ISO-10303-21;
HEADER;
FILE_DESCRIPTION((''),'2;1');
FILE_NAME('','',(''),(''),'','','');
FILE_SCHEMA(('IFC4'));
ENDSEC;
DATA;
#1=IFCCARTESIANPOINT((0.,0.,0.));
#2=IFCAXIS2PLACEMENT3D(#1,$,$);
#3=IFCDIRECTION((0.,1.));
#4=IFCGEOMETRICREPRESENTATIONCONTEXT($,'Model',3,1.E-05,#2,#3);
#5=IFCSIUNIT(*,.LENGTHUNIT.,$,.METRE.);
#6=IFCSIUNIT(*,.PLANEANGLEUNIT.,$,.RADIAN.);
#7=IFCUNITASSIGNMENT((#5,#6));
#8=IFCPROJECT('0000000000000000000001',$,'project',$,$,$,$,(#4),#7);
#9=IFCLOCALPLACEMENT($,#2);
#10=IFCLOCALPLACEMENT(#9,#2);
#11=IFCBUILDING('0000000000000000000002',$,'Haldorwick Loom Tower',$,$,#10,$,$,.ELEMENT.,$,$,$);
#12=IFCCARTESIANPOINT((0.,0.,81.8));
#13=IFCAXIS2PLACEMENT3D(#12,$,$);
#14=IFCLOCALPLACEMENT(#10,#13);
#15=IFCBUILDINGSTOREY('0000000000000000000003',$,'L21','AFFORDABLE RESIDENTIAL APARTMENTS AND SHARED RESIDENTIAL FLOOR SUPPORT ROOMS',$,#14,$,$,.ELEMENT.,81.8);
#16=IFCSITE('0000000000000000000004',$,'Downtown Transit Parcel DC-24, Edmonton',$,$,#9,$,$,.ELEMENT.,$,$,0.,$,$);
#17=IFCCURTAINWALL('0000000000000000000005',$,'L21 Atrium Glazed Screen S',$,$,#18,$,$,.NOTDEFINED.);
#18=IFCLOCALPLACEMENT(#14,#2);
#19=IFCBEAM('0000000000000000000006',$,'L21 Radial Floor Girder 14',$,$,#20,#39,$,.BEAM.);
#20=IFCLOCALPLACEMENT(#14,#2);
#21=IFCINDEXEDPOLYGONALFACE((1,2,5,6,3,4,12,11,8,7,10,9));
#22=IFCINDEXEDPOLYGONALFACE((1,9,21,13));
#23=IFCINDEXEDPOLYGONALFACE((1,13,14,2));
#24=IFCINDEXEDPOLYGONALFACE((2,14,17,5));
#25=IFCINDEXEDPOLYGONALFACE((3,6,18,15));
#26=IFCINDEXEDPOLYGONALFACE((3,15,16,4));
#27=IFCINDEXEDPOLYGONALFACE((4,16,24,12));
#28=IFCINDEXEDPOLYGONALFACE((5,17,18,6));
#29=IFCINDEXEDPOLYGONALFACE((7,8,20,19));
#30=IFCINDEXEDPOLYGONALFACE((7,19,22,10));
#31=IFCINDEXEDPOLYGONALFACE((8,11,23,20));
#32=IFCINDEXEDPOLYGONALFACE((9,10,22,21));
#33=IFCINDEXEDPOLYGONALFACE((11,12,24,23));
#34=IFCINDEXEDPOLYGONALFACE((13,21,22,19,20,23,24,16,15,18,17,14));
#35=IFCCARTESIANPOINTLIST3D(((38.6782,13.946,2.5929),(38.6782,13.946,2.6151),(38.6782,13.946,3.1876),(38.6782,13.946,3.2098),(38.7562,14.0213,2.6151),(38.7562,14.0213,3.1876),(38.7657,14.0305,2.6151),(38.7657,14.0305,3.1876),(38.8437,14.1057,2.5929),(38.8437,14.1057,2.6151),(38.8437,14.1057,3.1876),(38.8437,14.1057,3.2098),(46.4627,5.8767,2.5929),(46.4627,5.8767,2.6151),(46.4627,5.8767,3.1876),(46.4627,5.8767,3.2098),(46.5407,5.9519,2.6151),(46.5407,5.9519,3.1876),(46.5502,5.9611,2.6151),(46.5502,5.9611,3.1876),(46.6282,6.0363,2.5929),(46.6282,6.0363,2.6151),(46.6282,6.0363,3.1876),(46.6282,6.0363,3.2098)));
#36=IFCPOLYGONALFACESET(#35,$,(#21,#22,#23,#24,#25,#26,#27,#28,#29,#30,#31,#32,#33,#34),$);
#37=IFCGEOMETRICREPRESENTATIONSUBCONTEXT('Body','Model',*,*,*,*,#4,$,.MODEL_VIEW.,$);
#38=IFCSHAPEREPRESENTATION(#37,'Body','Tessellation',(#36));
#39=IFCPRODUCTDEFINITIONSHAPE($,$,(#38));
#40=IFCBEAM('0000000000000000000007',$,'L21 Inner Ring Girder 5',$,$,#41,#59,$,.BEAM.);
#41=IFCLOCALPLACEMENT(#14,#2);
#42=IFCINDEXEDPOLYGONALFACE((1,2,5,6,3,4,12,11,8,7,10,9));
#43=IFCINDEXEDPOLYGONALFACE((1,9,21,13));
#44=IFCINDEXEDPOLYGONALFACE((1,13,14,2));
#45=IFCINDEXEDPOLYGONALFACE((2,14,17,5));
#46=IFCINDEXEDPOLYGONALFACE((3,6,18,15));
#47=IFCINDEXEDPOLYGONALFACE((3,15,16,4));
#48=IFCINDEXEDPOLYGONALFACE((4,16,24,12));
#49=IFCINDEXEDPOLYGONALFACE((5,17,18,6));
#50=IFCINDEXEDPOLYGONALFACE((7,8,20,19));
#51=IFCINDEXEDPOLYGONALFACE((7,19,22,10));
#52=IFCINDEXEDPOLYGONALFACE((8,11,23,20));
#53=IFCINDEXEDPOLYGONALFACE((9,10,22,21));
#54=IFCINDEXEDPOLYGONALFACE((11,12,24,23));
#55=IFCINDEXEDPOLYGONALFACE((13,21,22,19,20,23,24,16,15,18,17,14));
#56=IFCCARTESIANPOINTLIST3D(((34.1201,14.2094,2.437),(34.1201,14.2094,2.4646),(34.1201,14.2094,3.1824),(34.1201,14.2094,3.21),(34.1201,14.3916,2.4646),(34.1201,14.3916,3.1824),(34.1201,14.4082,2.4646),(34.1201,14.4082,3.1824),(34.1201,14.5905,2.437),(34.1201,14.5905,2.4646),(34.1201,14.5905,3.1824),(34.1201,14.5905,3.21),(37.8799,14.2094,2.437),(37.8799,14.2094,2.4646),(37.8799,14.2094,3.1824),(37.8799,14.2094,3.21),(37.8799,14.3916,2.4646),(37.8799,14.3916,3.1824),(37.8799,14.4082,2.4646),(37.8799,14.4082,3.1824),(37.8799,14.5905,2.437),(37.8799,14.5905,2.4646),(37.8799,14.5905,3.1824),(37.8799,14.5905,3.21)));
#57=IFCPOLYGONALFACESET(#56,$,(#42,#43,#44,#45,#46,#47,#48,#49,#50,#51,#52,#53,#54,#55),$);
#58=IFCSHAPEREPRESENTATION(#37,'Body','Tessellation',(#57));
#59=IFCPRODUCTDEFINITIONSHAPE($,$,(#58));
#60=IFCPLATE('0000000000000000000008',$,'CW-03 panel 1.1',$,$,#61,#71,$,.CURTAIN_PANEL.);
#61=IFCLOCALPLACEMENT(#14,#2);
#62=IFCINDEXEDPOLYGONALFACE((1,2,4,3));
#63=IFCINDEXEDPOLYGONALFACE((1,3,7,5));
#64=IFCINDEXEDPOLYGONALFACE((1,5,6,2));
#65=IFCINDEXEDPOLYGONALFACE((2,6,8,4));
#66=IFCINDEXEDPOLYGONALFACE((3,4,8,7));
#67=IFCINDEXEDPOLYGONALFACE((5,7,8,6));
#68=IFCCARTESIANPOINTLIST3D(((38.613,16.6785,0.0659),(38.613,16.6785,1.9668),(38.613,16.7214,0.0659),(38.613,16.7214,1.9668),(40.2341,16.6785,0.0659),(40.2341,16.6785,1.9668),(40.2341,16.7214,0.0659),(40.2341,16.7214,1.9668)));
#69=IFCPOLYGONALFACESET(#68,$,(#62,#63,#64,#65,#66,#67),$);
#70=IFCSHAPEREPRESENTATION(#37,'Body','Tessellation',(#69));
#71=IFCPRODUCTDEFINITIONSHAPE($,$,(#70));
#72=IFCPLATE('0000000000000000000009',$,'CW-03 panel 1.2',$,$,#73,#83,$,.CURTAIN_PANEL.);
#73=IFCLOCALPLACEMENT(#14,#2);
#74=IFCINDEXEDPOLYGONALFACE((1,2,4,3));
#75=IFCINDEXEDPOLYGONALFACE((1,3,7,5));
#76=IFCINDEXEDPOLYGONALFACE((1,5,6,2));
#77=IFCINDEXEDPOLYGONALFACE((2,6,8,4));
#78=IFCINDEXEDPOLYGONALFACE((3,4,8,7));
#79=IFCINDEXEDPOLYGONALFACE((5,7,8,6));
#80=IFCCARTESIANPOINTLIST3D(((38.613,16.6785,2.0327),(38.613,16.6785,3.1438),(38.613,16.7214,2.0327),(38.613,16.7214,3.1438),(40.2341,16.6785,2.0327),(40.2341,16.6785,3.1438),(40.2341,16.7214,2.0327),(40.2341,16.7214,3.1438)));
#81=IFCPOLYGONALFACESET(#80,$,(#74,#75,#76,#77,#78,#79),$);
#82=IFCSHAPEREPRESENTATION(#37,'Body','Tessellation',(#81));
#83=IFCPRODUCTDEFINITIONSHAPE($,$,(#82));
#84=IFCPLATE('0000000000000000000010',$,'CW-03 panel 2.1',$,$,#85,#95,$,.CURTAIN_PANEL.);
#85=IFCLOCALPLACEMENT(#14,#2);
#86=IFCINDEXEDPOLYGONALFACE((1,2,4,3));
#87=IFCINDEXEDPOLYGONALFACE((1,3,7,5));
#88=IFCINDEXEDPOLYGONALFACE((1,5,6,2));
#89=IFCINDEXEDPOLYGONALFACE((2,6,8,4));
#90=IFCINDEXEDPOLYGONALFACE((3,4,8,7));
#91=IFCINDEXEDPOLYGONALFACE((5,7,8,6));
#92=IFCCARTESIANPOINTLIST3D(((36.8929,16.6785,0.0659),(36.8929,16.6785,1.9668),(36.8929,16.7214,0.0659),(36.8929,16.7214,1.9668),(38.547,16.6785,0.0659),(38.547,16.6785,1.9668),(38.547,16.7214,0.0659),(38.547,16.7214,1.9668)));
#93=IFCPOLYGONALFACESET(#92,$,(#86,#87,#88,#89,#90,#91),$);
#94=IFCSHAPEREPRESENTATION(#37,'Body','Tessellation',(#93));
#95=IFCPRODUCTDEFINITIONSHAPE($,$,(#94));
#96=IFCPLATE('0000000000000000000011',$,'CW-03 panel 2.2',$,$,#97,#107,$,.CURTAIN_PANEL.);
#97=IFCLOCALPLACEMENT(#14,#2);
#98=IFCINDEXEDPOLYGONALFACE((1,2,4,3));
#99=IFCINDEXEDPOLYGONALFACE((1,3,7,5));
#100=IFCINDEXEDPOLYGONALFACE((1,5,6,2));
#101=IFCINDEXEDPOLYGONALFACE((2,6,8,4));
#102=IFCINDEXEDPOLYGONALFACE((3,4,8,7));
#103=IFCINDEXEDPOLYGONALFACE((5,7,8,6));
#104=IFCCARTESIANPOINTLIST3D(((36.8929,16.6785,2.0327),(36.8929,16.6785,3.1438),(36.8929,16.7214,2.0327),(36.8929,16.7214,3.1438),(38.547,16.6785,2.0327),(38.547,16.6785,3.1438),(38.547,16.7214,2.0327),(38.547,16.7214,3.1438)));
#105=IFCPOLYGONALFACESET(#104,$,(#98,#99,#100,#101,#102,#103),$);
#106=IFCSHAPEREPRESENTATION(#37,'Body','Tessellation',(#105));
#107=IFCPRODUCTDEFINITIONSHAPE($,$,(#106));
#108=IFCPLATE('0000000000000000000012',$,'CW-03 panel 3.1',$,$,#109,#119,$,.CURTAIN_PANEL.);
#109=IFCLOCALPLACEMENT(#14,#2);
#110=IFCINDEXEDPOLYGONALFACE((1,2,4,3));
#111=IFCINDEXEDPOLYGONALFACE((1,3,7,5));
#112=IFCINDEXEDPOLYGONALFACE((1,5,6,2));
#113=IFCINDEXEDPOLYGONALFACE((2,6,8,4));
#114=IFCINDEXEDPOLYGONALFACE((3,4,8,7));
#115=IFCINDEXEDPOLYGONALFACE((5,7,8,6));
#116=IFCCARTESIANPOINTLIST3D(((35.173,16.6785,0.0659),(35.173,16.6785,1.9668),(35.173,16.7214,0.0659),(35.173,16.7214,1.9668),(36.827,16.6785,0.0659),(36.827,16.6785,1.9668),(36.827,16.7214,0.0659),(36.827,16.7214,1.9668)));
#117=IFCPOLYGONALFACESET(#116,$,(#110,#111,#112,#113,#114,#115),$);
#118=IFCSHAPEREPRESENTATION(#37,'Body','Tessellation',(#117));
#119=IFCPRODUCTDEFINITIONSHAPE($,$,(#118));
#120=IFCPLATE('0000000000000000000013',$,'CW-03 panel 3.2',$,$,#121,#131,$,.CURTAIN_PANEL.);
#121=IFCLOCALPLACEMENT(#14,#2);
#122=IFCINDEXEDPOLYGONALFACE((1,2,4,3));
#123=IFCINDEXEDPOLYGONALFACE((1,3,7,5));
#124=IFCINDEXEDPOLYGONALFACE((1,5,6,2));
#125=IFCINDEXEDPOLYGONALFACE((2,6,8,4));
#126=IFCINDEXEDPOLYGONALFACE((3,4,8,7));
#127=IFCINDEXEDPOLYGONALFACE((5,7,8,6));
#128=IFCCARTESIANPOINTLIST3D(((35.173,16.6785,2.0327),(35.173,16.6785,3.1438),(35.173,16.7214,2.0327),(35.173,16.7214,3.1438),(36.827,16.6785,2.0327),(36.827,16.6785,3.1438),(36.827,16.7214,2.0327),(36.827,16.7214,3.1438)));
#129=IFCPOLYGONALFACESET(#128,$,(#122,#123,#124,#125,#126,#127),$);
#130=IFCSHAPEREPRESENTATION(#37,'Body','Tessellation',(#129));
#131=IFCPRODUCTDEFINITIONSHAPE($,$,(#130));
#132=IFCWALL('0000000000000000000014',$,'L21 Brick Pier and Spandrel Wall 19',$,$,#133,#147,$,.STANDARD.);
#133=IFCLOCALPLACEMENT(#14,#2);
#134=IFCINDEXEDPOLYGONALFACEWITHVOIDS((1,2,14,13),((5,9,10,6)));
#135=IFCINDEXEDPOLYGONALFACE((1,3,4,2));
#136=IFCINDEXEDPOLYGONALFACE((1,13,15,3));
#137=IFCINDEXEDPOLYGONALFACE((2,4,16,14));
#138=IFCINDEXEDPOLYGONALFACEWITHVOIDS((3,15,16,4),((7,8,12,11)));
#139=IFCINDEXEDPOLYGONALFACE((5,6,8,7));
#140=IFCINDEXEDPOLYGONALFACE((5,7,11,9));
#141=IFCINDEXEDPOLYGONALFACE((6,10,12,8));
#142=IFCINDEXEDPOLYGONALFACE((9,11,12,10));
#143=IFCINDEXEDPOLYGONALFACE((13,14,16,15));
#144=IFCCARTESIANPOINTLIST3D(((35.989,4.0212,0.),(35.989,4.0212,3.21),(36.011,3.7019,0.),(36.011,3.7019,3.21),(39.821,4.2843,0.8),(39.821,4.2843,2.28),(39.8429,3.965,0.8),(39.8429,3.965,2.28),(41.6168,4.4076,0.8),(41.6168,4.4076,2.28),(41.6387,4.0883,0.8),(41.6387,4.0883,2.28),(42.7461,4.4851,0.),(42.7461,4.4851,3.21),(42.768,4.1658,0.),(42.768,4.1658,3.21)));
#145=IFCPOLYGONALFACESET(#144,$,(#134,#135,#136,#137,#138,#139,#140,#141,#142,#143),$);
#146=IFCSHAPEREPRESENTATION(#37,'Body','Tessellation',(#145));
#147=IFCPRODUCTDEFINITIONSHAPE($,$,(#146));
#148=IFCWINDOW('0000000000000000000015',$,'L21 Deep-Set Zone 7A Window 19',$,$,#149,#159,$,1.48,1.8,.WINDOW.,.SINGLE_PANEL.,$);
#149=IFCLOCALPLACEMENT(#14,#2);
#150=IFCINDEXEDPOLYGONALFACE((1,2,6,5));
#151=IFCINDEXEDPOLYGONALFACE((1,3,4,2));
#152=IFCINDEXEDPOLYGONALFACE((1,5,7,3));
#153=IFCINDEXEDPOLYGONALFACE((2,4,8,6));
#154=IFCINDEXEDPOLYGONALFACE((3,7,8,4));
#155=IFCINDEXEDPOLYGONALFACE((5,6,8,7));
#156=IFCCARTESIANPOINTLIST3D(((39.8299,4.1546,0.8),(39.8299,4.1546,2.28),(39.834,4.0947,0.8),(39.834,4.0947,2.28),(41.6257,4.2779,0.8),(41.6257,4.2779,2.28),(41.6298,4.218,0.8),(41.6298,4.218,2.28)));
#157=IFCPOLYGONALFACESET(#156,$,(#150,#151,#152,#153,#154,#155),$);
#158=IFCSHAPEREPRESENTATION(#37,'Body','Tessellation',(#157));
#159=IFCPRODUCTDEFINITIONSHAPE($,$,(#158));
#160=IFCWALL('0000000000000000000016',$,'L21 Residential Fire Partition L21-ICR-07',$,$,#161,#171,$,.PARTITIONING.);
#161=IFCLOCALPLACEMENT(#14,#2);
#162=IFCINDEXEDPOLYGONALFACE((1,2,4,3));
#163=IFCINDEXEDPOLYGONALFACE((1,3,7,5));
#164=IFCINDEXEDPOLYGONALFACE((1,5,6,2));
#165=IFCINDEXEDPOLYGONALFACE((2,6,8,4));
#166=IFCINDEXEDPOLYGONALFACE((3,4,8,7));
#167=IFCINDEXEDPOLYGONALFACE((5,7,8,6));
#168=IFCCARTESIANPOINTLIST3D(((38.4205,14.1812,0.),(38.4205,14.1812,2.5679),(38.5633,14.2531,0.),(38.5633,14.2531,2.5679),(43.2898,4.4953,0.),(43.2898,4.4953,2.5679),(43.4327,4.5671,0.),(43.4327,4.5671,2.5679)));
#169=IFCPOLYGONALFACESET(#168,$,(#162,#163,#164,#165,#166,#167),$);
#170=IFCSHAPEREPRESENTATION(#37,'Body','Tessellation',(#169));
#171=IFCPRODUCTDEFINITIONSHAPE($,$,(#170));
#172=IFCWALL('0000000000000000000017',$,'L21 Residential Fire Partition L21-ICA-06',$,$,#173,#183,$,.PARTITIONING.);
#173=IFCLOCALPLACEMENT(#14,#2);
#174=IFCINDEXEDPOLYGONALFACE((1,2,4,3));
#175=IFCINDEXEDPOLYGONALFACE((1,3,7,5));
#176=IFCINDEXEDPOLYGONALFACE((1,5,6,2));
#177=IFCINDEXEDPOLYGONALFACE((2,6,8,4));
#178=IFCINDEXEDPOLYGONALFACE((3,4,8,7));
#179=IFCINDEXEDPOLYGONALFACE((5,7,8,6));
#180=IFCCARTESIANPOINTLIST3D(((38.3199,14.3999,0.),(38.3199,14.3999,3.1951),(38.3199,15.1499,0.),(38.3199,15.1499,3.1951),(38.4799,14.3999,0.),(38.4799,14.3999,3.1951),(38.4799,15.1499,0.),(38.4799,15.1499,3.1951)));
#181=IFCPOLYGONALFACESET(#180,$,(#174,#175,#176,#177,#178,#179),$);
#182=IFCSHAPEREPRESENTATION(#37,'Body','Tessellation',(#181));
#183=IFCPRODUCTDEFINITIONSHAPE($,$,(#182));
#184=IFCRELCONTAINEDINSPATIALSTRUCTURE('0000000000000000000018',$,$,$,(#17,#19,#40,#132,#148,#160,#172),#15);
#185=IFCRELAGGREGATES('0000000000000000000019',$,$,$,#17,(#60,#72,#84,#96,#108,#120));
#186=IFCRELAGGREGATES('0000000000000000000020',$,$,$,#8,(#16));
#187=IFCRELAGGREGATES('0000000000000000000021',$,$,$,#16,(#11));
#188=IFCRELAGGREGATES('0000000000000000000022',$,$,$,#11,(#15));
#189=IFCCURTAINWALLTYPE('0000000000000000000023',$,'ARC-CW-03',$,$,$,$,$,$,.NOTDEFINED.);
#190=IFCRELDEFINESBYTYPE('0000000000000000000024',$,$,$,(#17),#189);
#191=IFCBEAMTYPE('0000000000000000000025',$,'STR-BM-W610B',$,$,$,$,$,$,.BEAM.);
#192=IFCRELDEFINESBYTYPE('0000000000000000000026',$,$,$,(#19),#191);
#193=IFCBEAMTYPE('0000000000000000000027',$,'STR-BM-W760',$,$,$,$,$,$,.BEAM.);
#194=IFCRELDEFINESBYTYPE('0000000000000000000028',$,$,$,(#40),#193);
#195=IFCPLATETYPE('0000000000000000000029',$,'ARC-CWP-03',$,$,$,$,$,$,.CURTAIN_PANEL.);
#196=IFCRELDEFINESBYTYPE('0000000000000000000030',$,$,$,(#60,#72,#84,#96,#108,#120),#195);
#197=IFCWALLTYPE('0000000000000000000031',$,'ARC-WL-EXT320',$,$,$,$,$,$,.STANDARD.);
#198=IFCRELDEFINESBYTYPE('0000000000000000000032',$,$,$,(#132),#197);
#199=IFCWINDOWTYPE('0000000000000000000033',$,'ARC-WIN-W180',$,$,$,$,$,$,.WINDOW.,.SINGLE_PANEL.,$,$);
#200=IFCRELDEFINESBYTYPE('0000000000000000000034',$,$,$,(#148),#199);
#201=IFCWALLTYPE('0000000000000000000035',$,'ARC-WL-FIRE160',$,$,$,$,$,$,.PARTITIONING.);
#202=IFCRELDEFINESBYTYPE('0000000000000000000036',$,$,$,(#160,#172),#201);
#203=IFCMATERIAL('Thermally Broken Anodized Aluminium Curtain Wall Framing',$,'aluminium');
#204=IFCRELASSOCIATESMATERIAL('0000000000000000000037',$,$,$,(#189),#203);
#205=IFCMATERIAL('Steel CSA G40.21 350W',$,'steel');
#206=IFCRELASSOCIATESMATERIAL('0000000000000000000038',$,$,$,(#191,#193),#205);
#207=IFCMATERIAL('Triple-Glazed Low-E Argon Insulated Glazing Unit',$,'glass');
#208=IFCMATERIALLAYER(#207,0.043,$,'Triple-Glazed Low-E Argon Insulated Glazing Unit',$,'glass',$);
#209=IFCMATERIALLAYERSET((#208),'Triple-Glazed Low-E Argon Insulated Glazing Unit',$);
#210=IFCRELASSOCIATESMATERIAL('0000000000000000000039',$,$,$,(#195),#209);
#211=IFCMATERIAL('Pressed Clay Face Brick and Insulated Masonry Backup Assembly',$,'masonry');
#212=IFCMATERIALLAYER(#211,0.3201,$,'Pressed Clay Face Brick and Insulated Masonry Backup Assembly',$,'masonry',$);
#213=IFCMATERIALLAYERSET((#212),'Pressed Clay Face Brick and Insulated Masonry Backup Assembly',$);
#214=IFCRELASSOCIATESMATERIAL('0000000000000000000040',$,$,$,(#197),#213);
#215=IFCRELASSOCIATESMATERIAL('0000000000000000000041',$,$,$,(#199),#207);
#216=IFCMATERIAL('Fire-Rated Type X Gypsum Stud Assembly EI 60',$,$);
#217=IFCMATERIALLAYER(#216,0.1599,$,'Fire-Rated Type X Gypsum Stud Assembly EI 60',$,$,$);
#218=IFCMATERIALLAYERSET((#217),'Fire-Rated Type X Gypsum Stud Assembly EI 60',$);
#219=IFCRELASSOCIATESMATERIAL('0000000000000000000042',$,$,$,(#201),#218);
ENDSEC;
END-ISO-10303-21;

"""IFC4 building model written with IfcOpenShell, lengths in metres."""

from ifc_helpers import new_model, si_unit, direction, frame, frame_2d, origin, origin_2d, place, context, subcontext, project, spatial, rectangle, i_section, extrude, material, layer, layer_set, material_profile, profile_set, type_object, element, fill, aggregate, save


model = new_model("IFC4")

# Units and contexts
model_context = context("Model", 3, precision=1e-05, world=origin(), true_north=direction((0.0, 1.0)))
body_context = subcontext(model_context, "Body", "Model", "MODEL_VIEW")
ifc_project = project(units=[si_unit("LENGTHUNIT", "METRE"), si_unit("PLANEANGLEUNIT", "RADIAN")], contexts=[model_context])

# Site, building, storey
site_placement = place(None, origin())
site = spatial("IfcSite", under=ifc_project, at=site_placement, Name="Downtown Transit Parcel DC-24, Edmonton", CompositionType="ELEMENT", RefElevation=0.0)
building_placement = place(site_placement, origin())
building = spatial("IfcBuilding", under=site, at=building_placement, Name="Haldorwick Loom Tower", CompositionType="ELEMENT")
storey_placement = place(building_placement, frame((0.0, 0.0, 81.8)))
storey = spatial("IfcBuildingStorey", under=building, at=storey_placement, Name="L21", Description="AFFORDABLE RESIDENTIAL APARTMENTS AND SHARED RESIDENTIAL FLOOR SUPPORT ROOMS", CompositionType="ELEMENT", Elevation=81.8)

# Curtain wall
ifc_material_1 = material(Name="Thermally Broken Anodized Aluminium Curtain Wall Framing", Category="aluminium")
curtain_wall_type = type_object("IfcCurtainWallType", Name="ARC-CW-03", PredefinedType="NOTDEFINED", material=ifc_material_1)
curtain_wall_placement = place(storey_placement, origin())
curtain_wall = element("IfcCurtainWall", 1, at=curtain_wall_placement, inside=storey, type_object=curtain_wall_type, Name="L21 Atrium Glazed Screen S", PredefinedType="NOTDEFINED")

# Beams
ifc_material_2 = material(Name="Steel CSA G40.21 350W", Category="steel")
ifc_material_profile_1 = material_profile(ifc_material_2, i_section(OverallWidth=0.23, OverallDepth=0.6169, WebThickness=0.0132, FlangeThickness=0.0222, at=origin_2d()), Name="W610X140", Category="steel")
ifc_profile_set_1 = profile_set([ifc_material_profile_1], Name="Steel CSA G40.21 350W")
beam_type_1 = type_object("IfcBeamType", Name="STR-BM-W610B", PredefinedType="BEAM", material=ifc_profile_set_1)
beam_1_placement = place(storey_placement, frame((38.761, 14.0259, 2.9014), z_axis=(0.694287, -0.719698, 0.0), x_axis=(0.719698, 0.694287, 0.0)))
element("IfcBeam", 2, at=beam_1_placement, inside=storey, type_object=beam_type_1, Name="L21 Radial Floor Girder 14", PredefinedType="BEAM", context=body_context, shape_type="SweptSolid", body=[
    extrude(i_section(OverallWidth=0.23, OverallDepth=0.6169, WebThickness=0.0132, FlangeThickness=0.0222, at=origin_2d()), origin(), (0.0, 0.0, 1.0), 11.2122),
])
ifc_material_profile_2 = material_profile(ifc_material_2, i_section(OverallWidth=0.3811, OverallDepth=0.7729, WebThickness=0.0166, FlangeThickness=0.0276, at=origin_2d()), Name="W760X257", Category="steel")
ifc_profile_set_2 = profile_set([ifc_material_profile_2], Name="Steel CSA G40.21 350W")
beam_type_2 = type_object("IfcBeamType", Name="STR-BM-W760", PredefinedType="BEAM", material=ifc_profile_set_2)
beam_2_placement = place(storey_placement, frame((37.8799, 14.3999, 2.8235), z_axis=(-1.0, 0.0, 0.0), x_axis=(0.0, -1.0, 0.0)))
element("IfcBeam", 3, at=beam_2_placement, inside=storey, type_object=beam_type_2, Name="L21 Inner Ring Girder 5", PredefinedType="BEAM", context=body_context, shape_type="SweptSolid", body=[
    extrude(i_section(OverallWidth=0.3811, OverallDepth=0.7729, WebThickness=0.0166, FlangeThickness=0.0276, at=origin_2d()), origin(), (0.0, 0.0, 1.0), 3.7598),
])

# Plates
ifc_material_3 = material(Name="Triple-Glazed Low-E Argon Insulated Glazing Unit", Category="glass")
ifc_layer_1 = layer(ifc_material_3, 0.043, Name="Triple-Glazed Low-E Argon Insulated Glazing Unit", Category="glass")
ifc_layer_set_1 = layer_set([ifc_layer_1], Name="Triple-Glazed Low-E Argon Insulated Glazing Unit")
plate_type = type_object("IfcPlateType", Name="ARC-CWP-03", PredefinedType="CURTAIN_PANEL", material=ifc_layer_set_1)
plate_1_placement = place(storey_placement, frame((39.4236, 16.7, 0.0659), z_axis=(0.0, 0.0, 1.0), x_axis=(-1.0, 0.0, 0.0)))
plate_1 = element("IfcPlate", 4, at=plate_1_placement, type_object=plate_type, Name="CW-03 panel 1.1", PredefinedType="CURTAIN_PANEL", context=body_context, shape_type="SweptSolid", body=[
    extrude(rectangle(XDim=1.6211, YDim=0.043, at=origin_2d()), origin(), (0.0, 0.0, 1.0), 1.9009),
])
plate_2_placement = place(storey_placement, frame((39.4236, 16.7, 2.0327), z_axis=(0.0, 0.0, 1.0), x_axis=(-1.0, 0.0, 0.0)))
plate_2 = element("IfcPlate", 5, at=plate_2_placement, type_object=plate_type, Name="CW-03 panel 1.2", PredefinedType="CURTAIN_PANEL", context=body_context, shape_type="SweptSolid", body=[
    extrude(rectangle(XDim=1.6211, YDim=0.043, at=origin_2d()), origin(), (0.0, 0.0, 1.0), 1.1111),
])
plate_3_placement = place(storey_placement, frame((37.72, 16.7, 0.0659), z_axis=(0.0, 0.0, 1.0), x_axis=(-1.0, 0.0, 0.0)))
plate_3 = element("IfcPlate", 6, at=plate_3_placement, type_object=plate_type, Name="CW-03 panel 2.1", PredefinedType="CURTAIN_PANEL", context=body_context, shape_type="SweptSolid", body=[
    extrude(rectangle(XDim=1.6541, YDim=0.043, at=origin_2d()), origin(), (0.0, 0.0, 1.0), 1.9009),
])
plate_4_placement = place(storey_placement, frame((37.72, 16.7, 2.0327), z_axis=(0.0, 0.0, 1.0), x_axis=(-1.0, 0.0, 0.0)))
plate_4 = element("IfcPlate", 7, at=plate_4_placement, type_object=plate_type, Name="CW-03 panel 2.2", PredefinedType="CURTAIN_PANEL", context=body_context, shape_type="SweptSolid", body=[
    extrude(rectangle(XDim=1.6541, YDim=0.043, at=origin_2d()), origin(), (0.0, 0.0, 1.0), 1.1111),
])
plate_5_placement = place(storey_placement, frame((36.0, 16.7, 0.0659), z_axis=(0.0, 0.0, 1.0), x_axis=(-1.0, 0.0, 0.0)))
plate_5 = element("IfcPlate", 8, at=plate_5_placement, type_object=plate_type, Name="CW-03 panel 3.1", PredefinedType="CURTAIN_PANEL", context=body_context, shape_type="SweptSolid", body=[
    extrude(rectangle(XDim=1.6541, YDim=0.043, at=origin_2d()), origin(), (0.0, 0.0, 1.0), 1.9009),
])
plate_6_placement = place(storey_placement, frame((36.0, 16.7, 2.0327), z_axis=(0.0, 0.0, 1.0), x_axis=(-1.0, 0.0, 0.0)))
plate_6 = element("IfcPlate", 9, at=plate_6_placement, type_object=plate_type, Name="CW-03 panel 3.2", PredefinedType="CURTAIN_PANEL", context=body_context, shape_type="SweptSolid", body=[
    extrude(rectangle(XDim=1.6541, YDim=0.043, at=origin_2d()), origin(), (0.0, 0.0, 1.0), 1.1111),
])
aggregate(curtain_wall, [plate_1, plate_2, plate_3, plate_4, plate_5, plate_6])

# Wall, opening, window
ifc_material_4 = material(Name="Pressed Clay Face Brick and Insulated Masonry Backup Assembly", Category="masonry")
ifc_layer_2 = layer(ifc_material_4, 0.3201, Name="Pressed Clay Face Brick and Insulated Masonry Backup Assembly", Category="masonry")
ifc_layer_set_2 = layer_set([ifc_layer_2], Name="Pressed Clay Face Brick and Insulated Masonry Backup Assembly")
wall_type_1 = type_object("IfcWallType", Name="ARC-WL-EXT320", PredefinedType="STANDARD", material=ifc_layer_set_2)
wall_1_placement = place(storey_placement, frame((36.0, 3.8616, 0.0), z_axis=(0.0, 0.0, 1.0), x_axis=(0.997652, 0.068488, 0.0)))
wall_1 = element("IfcWall", 10, at=wall_1_placement, inside=storey, type_object=wall_type_1, Name="L21 Brick Pier and Spandrel Wall 19", PredefinedType="STANDARD", context=body_context, shape_type="SweptSolid", body=[
    extrude(rectangle(XDim=6.7729, YDim=0.3201, at=frame_2d((3.3865, 0.0))), origin(), (0.0, 0.0, 1.0), 3.21),
])
opening_1_placement = place(wall_1_placement, frame((3.8411, 0.0, 0.8)))
opening_1 = element("IfcOpeningElement", 11, at=opening_1_placement, cuts=wall_1, PredefinedType="OPENING", context=body_context, shape_type="SweptSolid", body=[
    extrude(rectangle(XDim=1.8, YDim=1.48, at=frame_2d((0.8999, 0.74))), frame((0.0, 0.1699, 0.0), z_axis=(0.0, -1.0, 0.0), x_axis=(1.0, 0.0, 0.0)), (0.0, 0.0, 1.0), 0.3401),
])
window_type = type_object("IfcWindowType", Name="ARC-WIN-W180", PartitioningType="SINGLE_PANEL", PredefinedType="WINDOW", material=ifc_material_3)
window_placement = place(opening_1_placement, origin())
window = element("IfcWindow", 12, at=window_placement, inside=storey, type_object=window_type, Name="L21 Deep-Set Zone 7A Window 19", OverallHeight=1.48, OverallWidth=1.8, PartitioningType="SINGLE_PANEL", PredefinedType="WINDOW", context=body_context, shape_type="SweptSolid", body=[
    extrude(rectangle(XDim=1.8, YDim=1.48, at=frame_2d((0.8999, 0.74))), frame((0.0, 0.03, 0.0), z_axis=(0.0, -1.0, 0.0), x_axis=(1.0, 0.0, 0.0)), (0.0, 0.0, 1.0), 0.0601),
])
fill(opening_1, window)

# Walls
ifc_material_5 = material(Name="Fire-Rated Type X Gypsum Stud Assembly EI 60")
ifc_layer_3 = layer(ifc_material_5, 0.1599, Name="Fire-Rated Type X Gypsum Stud Assembly EI 60")
ifc_layer_set_3 = layer_set([ifc_layer_3], Name="Fire-Rated Type X Gypsum Stud Assembly EI 60")
wall_type_2 = type_object("IfcWallType", Name="ARC-WL-FIRE160", PredefinedType="PARTITIONING", material=ifc_layer_set_3)
wall_2_placement = place(storey_placement, frame((38.4919, 14.217, 0.0), z_axis=(0.0, 0.0, 1.0), x_axis=(0.449158, -0.893452, 0.0)))
element("IfcWall", 13, at=wall_2_placement, inside=storey, type_object=wall_type_2, Name="L21 Residential Fire Partition L21-ICR-07", PredefinedType="PARTITIONING", context=body_context, shape_type="SweptSolid", body=[
    extrude(rectangle(XDim=10.8411, YDim=0.1599, at=frame_2d((5.4204, 0.0))), origin(), (0.0, 0.0, 1.0), 2.5679),
])
wall_3_placement = place(storey_placement, frame((38.3999, 15.1499, 0.0), z_axis=(0.0, 0.0, 1.0), x_axis=(0.0, -1.0, 0.0)))
element("IfcWall", 14, at=wall_3_placement, inside=storey, type_object=wall_type_2, Name="L21 Residential Fire Partition L21-ICA-06", PredefinedType="PARTITIONING", context=body_context, shape_type="SweptSolid", body=[
    extrude(rectangle(XDim=0.75, YDim=0.1599, at=frame_2d((0.375, 0.0))), origin(), (0.0, 0.0, 1.0), 3.1951),
])

save(model, "model.ifc")
